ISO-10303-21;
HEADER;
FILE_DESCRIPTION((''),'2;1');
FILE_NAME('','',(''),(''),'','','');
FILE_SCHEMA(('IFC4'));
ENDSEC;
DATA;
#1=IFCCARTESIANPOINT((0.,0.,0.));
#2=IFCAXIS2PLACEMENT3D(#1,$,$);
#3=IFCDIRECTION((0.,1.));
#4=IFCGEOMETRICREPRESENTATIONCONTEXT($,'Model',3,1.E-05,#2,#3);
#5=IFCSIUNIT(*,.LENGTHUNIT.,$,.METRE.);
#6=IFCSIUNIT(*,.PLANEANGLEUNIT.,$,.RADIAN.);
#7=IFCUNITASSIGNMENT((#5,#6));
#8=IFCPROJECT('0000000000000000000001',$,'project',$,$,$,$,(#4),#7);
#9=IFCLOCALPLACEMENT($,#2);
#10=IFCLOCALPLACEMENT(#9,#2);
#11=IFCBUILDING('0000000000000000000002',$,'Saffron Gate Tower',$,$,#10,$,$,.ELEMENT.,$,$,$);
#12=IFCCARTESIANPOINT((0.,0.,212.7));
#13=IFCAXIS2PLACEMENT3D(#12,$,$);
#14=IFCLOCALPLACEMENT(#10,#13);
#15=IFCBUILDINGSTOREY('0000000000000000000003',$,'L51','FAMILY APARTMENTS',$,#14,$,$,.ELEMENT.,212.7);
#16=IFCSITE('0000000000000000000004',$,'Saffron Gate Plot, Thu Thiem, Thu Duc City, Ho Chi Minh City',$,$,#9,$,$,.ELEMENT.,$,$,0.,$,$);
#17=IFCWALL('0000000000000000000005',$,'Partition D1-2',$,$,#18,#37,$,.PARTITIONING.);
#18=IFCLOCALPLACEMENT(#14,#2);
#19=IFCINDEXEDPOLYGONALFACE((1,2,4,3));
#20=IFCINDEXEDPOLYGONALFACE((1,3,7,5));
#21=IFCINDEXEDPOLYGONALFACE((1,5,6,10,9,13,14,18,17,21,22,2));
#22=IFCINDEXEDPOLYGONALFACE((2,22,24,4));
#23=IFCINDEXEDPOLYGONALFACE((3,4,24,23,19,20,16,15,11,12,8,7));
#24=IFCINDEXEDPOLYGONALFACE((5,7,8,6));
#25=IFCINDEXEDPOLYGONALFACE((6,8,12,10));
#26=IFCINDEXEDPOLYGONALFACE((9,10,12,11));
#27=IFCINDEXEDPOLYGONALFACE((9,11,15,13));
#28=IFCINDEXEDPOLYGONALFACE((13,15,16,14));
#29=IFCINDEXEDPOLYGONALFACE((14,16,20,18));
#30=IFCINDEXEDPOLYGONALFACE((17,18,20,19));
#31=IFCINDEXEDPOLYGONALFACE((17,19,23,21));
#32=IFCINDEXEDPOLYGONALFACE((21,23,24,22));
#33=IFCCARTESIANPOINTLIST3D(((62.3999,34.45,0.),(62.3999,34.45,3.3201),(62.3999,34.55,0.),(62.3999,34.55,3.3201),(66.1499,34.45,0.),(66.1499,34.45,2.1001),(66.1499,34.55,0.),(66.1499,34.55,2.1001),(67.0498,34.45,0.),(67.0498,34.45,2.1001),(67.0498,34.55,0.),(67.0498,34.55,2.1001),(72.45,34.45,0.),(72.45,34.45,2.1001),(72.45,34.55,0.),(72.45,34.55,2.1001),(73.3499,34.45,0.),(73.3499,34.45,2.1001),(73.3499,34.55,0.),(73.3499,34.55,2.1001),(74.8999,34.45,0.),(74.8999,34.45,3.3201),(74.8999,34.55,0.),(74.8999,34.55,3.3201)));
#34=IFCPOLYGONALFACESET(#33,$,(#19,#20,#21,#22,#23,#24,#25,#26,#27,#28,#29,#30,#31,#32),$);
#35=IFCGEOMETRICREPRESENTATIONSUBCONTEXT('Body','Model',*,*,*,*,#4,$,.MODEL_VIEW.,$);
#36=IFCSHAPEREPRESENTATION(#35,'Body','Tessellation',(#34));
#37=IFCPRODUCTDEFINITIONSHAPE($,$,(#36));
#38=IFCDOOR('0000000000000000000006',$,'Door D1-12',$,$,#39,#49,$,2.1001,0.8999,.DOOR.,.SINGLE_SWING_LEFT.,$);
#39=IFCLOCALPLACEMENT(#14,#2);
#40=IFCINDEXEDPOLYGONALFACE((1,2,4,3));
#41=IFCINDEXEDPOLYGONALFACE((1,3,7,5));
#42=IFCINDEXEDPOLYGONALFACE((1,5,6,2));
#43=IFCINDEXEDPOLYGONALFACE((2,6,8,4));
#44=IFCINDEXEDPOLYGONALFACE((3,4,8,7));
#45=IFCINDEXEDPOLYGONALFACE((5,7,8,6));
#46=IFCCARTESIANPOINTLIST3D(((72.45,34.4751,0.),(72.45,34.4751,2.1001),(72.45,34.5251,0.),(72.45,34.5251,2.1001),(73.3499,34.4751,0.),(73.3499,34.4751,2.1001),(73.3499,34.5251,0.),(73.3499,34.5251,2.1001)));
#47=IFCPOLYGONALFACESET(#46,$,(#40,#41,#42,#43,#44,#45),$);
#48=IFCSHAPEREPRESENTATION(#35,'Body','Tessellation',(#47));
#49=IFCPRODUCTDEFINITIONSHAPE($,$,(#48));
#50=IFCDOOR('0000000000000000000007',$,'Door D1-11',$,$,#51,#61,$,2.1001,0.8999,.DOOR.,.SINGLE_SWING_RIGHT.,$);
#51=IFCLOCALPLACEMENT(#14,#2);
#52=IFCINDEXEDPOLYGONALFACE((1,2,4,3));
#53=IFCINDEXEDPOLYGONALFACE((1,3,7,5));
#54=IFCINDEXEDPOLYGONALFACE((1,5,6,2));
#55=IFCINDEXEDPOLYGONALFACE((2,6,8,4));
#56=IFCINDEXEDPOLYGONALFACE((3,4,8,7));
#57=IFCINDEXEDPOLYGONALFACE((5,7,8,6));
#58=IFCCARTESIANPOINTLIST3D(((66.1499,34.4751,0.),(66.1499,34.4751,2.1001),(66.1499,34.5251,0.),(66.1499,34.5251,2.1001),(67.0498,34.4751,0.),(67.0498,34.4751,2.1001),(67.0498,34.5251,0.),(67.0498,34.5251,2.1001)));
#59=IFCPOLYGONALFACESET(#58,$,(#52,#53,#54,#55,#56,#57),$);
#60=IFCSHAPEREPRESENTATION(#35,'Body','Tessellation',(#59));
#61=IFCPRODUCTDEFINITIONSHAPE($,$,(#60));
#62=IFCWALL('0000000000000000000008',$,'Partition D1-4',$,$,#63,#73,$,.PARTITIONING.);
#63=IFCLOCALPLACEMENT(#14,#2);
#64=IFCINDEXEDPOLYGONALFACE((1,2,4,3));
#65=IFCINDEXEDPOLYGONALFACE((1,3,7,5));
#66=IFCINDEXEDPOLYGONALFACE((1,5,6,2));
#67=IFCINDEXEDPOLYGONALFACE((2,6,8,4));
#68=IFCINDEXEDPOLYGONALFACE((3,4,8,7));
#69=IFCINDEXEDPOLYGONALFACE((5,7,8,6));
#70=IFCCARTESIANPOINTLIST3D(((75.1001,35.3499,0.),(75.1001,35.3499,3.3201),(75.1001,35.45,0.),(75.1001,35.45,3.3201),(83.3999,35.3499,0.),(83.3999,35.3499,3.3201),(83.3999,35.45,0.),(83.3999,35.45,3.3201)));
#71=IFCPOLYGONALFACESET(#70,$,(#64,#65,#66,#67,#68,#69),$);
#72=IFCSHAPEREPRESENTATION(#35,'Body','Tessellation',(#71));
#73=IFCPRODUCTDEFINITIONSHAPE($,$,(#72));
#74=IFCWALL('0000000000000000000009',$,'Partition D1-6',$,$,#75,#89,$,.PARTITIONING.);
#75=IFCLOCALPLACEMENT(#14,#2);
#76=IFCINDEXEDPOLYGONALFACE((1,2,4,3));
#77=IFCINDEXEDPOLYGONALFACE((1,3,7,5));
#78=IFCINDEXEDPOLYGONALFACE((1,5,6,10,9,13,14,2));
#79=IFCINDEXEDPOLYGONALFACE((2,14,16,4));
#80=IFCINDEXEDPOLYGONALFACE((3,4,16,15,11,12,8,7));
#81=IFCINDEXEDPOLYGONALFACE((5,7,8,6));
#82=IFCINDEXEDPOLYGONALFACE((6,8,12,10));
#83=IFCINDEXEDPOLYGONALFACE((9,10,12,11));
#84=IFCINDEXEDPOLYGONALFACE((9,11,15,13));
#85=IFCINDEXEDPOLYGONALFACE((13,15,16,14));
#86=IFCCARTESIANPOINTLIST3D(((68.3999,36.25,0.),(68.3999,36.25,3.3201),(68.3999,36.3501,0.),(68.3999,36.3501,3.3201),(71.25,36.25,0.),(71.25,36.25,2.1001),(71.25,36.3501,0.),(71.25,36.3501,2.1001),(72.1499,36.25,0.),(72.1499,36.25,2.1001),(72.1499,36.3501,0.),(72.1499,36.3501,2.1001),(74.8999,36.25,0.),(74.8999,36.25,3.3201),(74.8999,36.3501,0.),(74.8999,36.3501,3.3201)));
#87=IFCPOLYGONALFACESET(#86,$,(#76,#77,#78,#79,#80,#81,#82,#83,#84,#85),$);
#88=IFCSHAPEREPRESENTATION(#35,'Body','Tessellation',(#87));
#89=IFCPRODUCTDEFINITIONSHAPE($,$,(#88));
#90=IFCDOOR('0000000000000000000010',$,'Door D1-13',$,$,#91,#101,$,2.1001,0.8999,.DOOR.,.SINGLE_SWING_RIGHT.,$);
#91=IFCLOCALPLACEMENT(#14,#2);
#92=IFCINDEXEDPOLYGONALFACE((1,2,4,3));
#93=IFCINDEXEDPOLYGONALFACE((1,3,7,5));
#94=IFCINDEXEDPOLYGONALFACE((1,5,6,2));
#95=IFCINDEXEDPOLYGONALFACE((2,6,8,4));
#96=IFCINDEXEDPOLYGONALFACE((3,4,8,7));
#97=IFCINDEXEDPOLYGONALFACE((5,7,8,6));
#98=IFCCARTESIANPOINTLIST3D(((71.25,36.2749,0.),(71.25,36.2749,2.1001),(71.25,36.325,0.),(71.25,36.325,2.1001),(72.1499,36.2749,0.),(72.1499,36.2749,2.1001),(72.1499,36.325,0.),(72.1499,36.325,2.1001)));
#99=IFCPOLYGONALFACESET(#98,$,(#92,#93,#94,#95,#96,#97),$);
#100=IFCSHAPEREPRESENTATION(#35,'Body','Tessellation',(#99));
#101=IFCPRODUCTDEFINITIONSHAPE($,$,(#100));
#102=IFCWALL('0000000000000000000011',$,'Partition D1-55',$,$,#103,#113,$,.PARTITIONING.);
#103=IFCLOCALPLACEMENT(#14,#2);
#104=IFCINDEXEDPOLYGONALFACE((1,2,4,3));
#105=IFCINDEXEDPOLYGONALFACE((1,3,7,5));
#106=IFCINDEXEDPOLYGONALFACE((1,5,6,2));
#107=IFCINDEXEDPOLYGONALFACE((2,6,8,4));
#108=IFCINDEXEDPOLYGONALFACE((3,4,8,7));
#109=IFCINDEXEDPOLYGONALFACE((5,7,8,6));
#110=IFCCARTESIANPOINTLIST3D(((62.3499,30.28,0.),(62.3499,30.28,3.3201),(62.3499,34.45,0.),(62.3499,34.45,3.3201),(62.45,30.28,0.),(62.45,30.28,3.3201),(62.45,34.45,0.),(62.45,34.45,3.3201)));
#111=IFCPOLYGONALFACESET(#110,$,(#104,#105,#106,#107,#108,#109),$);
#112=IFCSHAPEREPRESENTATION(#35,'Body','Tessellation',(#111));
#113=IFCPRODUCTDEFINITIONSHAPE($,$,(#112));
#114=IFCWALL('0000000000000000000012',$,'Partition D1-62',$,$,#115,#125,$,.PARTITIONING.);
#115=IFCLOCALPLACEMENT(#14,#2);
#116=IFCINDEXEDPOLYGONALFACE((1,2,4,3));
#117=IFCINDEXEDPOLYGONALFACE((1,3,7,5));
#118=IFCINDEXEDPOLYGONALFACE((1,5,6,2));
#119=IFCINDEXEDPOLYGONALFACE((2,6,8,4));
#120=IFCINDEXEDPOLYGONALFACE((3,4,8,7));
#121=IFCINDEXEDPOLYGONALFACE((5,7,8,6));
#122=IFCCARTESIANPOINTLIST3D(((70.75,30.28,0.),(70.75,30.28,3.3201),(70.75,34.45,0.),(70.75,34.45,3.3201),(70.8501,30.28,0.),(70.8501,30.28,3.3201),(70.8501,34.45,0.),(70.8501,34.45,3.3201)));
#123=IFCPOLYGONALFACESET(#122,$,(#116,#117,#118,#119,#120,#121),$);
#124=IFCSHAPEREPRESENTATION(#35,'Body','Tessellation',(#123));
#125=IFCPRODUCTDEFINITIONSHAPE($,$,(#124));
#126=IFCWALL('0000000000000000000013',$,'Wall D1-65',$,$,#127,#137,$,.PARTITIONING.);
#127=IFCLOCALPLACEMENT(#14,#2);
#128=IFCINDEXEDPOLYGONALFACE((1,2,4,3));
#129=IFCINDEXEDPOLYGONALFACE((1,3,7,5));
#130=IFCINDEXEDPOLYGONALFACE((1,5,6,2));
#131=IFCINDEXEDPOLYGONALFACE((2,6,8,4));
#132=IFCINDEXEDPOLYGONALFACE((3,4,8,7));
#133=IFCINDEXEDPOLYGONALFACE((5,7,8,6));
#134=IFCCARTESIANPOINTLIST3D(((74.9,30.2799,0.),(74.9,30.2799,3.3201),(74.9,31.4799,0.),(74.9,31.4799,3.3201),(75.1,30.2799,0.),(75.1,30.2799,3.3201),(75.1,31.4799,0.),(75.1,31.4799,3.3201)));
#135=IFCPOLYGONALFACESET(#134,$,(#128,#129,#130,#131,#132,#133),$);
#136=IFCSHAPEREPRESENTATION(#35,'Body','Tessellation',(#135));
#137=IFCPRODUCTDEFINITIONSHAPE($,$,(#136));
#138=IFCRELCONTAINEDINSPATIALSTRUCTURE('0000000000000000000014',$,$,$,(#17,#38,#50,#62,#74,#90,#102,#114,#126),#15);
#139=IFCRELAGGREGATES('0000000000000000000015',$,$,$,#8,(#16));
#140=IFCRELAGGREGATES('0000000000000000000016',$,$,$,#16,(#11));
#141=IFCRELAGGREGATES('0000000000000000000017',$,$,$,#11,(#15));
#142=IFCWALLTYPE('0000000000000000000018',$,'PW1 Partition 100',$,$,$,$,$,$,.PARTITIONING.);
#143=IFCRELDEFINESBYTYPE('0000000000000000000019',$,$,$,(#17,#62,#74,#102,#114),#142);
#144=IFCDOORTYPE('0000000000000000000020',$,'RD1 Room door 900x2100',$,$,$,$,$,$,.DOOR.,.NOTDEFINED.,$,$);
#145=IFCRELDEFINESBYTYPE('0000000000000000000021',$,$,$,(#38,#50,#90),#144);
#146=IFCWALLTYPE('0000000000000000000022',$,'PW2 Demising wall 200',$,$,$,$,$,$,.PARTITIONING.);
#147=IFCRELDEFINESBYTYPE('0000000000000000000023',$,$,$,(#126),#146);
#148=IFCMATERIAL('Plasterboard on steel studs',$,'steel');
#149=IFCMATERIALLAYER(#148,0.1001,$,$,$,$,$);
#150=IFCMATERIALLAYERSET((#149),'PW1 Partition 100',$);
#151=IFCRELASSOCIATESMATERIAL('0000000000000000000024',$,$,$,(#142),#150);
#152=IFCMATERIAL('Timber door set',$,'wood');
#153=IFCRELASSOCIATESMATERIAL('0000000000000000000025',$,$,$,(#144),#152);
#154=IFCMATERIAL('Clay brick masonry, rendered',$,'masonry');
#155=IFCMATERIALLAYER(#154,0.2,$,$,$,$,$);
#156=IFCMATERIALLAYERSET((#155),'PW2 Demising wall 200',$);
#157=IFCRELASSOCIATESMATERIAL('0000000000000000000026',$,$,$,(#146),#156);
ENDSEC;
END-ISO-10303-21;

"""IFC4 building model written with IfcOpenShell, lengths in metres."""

from ifc_helpers import new_model, si_unit, direction, frame, frame_2d, origin, place, context, subcontext, project, spatial, rectangle, extrude, material, layer, layer_set, type_object, element, fill, save


model = new_model("IFC4")

# Units and contexts
model_context = context("Model", 3, precision=1e-05, world=origin(), true_north=direction((0.0, 1.0)))
body_context = subcontext(model_context, "Body", "Model", "MODEL_VIEW")
ifc_project = project(units=[si_unit("LENGTHUNIT", "METRE"), si_unit("PLANEANGLEUNIT", "RADIAN")], contexts=[model_context])

# Site, building, storey
site_placement = place(None, origin())
site = spatial("IfcSite", under=ifc_project, at=site_placement, Name="Saffron Gate Plot, Thu Thiem, Thu Duc City, Ho Chi Minh City", CompositionType="ELEMENT", RefElevation=0.0)
building_placement = place(site_placement, origin())
building = spatial("IfcBuilding", under=site, at=building_placement, Name="Saffron Gate Tower", CompositionType="ELEMENT")
storey_placement = place(building_placement, frame((0.0, 0.0, 212.7)))
storey = spatial("IfcBuildingStorey", under=building, at=storey_placement, Name="L51", Description="FAMILY APARTMENTS", CompositionType="ELEMENT", Elevation=212.7)

# Wall, openings, doors
ifc_material_1 = material(Name="Plasterboard on steel studs", Category="steel")
ifc_layer_1 = layer(ifc_material_1, 0.1001)
ifc_layer_set_1 = layer_set([ifc_layer_1], Name="PW1 Partition 100")
wall_type_1 = type_object("IfcWallType", Name="PW1 Partition 100", PredefinedType="PARTITIONING", material=ifc_layer_set_1)
wall_1_placement = place(storey_placement, frame((74.8999, 34.5, 0.0), z_axis=(0.0, 0.0, 1.0), x_axis=(-1.0, 0.0, 0.0)))
wall_1 = element("IfcWall", 1, at=wall_1_placement, inside=storey, type_object=wall_type_1, Name="Partition D1-2", PredefinedType="PARTITIONING", context=body_context, shape_type="SweptSolid", body=[
    extrude(rectangle(XDim=12.5, YDim=0.1001, at=frame_2d((6.25, 0.0))), origin(), (0.0, 0.0, 1.0), 3.3201),
])
opening_1_placement = place(wall_1_placement, frame((1.55, 0.0, 0.0)))
opening_1 = element("IfcOpeningElement", 2, at=opening_1_placement, cuts=wall_1, PredefinedType="OPENING", context=body_context, shape_type="SweptSolid", body=[
    extrude(rectangle(XDim=0.8999, YDim=2.1001, at=frame_2d((0.45, 1.05))), frame((0.0, 0.0601, 0.0), z_axis=(0.0, -1.0, 0.0), x_axis=(1.0, 0.0, 0.0)), (0.0, 0.0, 1.0), 0.1201),
])
opening_2_placement = place(wall_1_placement, frame((7.8501, 0.0, 0.0)))
opening_2 = element("IfcOpeningElement", 3, at=opening_2_placement, cuts=wall_1, PredefinedType="OPENING", context=body_context, shape_type="SweptSolid", body=[
    extrude(rectangle(XDim=0.8999, YDim=2.1001, at=frame_2d((0.45, 1.05))), frame((0.0, 0.0601, 0.0), z_axis=(0.0, -1.0, 0.0), x_axis=(1.0, 0.0, 0.0)), (0.0, 0.0, 1.0), 0.1201),
])
ifc_material_2 = material(Name="Timber door set", Category="wood")
door_type = type_object("IfcDoorType", Name="RD1 Room door 900x2100", OperationType="NOTDEFINED", PredefinedType="DOOR", material=ifc_material_2)
door_1_placement = place(opening_1_placement, origin())
door_1 = element("IfcDoor", 4, at=door_1_placement, inside=storey, type_object=door_type, Name="Door D1-12", OperationType="SINGLE_SWING_LEFT", OverallHeight=2.1001, OverallWidth=0.8999, PredefinedType="DOOR", context=body_context, shape_type="SweptSolid", body=[
    extrude(rectangle(XDim=0.8999, YDim=2.1001, at=frame_2d((0.45, 1.05))), frame((0.0, 0.0249, 0.0), z_axis=(0.0, -1.0, 0.0), x_axis=(1.0, 0.0, 0.0)), (0.0, 0.0, 1.0), 0.05),
])
fill(opening_1, door_1)
door_2_placement = place(opening_2_placement, origin())
door_2 = element("IfcDoor", 5, at=door_2_placement, inside=storey, type_object=door_type, Name="Door D1-11", OperationType="SINGLE_SWING_RIGHT", OverallHeight=2.1001, OverallWidth=0.8999, PredefinedType="DOOR", context=body_context, shape_type="SweptSolid", body=[
    extrude(rectangle(XDim=0.8999, YDim=2.1001, at=frame_2d((0.45, 1.05))), frame((0.0, 0.0249, 0.0), z_axis=(0.0, -1.0, 0.0), x_axis=(1.0, 0.0, 0.0)), (0.0, 0.0, 1.0), 0.05),
])
fill(opening_2, door_2)

# Wall
wall_2_placement = place(storey_placement, frame((75.1001, 35.3999, 0.0), z_axis=(0.0, 0.0, 1.0), x_axis=(1.0, 0.0, 0.0)))
element("IfcWall", 6, at=wall_2_placement, inside=storey, type_object=wall_type_1, Name="Partition D1-4", PredefinedType="PARTITIONING", context=body_context, shape_type="SweptSolid", body=[
    extrude(rectangle(XDim=8.2998, YDim=0.1001, at=frame_2d((4.1499, 0.0))), origin(), (0.0, 0.0, 1.0), 3.3201),
])

# Wall, opening, door
wall_3_placement = place(storey_placement, frame((68.3999, 36.3, 0.0), z_axis=(0.0, 0.0, 1.0), x_axis=(1.0, 0.0, 0.0)))
wall_3 = element("IfcWall", 7, at=wall_3_placement, inside=storey, type_object=wall_type_1, Name="Partition D1-6", PredefinedType="PARTITIONING", context=body_context, shape_type="SweptSolid", body=[
    extrude(rectangle(XDim=6.5, YDim=0.1001, at=frame_2d((3.25, 0.0))), origin(), (0.0, 0.0, 1.0), 3.3201),
])
opening_3_placement = place(wall_3_placement, frame((2.8501, 0.0, 0.0)))
opening_3 = element("IfcOpeningElement", 8, at=opening_3_placement, cuts=wall_3, PredefinedType="OPENING", context=body_context, shape_type="SweptSolid", body=[
    extrude(rectangle(XDim=0.8999, YDim=2.1001, at=frame_2d((0.45, 1.05))), frame((0.0, 0.0601, 0.0), z_axis=(0.0, -1.0, 0.0), x_axis=(1.0, 0.0, 0.0)), (0.0, 0.0, 1.0), 0.1201),
])
door_3_placement = place(opening_3_placement, origin())
door_3 = element("IfcDoor", 9, at=door_3_placement, inside=storey, type_object=door_type, Name="Door D1-13", OperationType="SINGLE_SWING_RIGHT", OverallHeight=2.1001, OverallWidth=0.8999, PredefinedType="DOOR", context=body_context, shape_type="SweptSolid", body=[
    extrude(rectangle(XDim=0.8999, YDim=2.1001, at=frame_2d((0.45, 1.05))), frame((0.0, 0.0249, 0.0), z_axis=(0.0, -1.0, 0.0), x_axis=(1.0, 0.0, 0.0)), (0.0, 0.0, 1.0), 0.05),
])
fill(opening_3, door_3)

# Walls
for number, where, z_axis, x_axis, name in (
    (10, (62.3999, 34.45, 0.0), (0.0, 0.0, 1.0), (0.0, -1.0, 0.0), "Partition D1-55"),
    (11, (70.8, 34.45, 0.0), (0.0, 0.0, 1.0), (0.0, -1.0, 0.0), "Partition D1-62"),
):
    element("IfcWall", number, at=place(storey_placement, frame(where, z_axis=z_axis, x_axis=x_axis)), inside=storey, type_object=wall_type_1, Name=name, PredefinedType="PARTITIONING", context=body_context, shape_type="SweptSolid", body=[
        extrude(rectangle(XDim=4.1699, YDim=0.1001, at=frame_2d((2.085, 0.0))), origin(), (0.0, 0.0, 1.0), 3.3201),
    ])
ifc_material_3 = material(Name="Clay brick masonry, rendered", Category="masonry")
ifc_layer_2 = layer(ifc_material_3, 0.2)
ifc_layer_set_2 = layer_set([ifc_layer_2], Name="PW2 Demising wall 200")
wall_type_2 = type_object("IfcWallType", Name="PW2 Demising wall 200", PredefinedType="PARTITIONING", material=ifc_layer_set_2)
wall_4_placement = place(storey_placement, frame((75.0, 31.48, 0.0), z_axis=(0.0, 0.0, 1.0), x_axis=(0.0, -1.0, 0.0)))
element("IfcWall", 12, at=wall_4_placement, inside=storey, type_object=wall_type_2, Name="Wall D1-65", PredefinedType="PARTITIONING", context=body_context, shape_type="SweptSolid", body=[
    extrude(rectangle(XDim=1.2, YDim=0.2, at=frame_2d((0.6001, 0.0))), origin(), (0.0, 0.0, 1.0), 3.3201),
])

save(model, "model.ifc")
